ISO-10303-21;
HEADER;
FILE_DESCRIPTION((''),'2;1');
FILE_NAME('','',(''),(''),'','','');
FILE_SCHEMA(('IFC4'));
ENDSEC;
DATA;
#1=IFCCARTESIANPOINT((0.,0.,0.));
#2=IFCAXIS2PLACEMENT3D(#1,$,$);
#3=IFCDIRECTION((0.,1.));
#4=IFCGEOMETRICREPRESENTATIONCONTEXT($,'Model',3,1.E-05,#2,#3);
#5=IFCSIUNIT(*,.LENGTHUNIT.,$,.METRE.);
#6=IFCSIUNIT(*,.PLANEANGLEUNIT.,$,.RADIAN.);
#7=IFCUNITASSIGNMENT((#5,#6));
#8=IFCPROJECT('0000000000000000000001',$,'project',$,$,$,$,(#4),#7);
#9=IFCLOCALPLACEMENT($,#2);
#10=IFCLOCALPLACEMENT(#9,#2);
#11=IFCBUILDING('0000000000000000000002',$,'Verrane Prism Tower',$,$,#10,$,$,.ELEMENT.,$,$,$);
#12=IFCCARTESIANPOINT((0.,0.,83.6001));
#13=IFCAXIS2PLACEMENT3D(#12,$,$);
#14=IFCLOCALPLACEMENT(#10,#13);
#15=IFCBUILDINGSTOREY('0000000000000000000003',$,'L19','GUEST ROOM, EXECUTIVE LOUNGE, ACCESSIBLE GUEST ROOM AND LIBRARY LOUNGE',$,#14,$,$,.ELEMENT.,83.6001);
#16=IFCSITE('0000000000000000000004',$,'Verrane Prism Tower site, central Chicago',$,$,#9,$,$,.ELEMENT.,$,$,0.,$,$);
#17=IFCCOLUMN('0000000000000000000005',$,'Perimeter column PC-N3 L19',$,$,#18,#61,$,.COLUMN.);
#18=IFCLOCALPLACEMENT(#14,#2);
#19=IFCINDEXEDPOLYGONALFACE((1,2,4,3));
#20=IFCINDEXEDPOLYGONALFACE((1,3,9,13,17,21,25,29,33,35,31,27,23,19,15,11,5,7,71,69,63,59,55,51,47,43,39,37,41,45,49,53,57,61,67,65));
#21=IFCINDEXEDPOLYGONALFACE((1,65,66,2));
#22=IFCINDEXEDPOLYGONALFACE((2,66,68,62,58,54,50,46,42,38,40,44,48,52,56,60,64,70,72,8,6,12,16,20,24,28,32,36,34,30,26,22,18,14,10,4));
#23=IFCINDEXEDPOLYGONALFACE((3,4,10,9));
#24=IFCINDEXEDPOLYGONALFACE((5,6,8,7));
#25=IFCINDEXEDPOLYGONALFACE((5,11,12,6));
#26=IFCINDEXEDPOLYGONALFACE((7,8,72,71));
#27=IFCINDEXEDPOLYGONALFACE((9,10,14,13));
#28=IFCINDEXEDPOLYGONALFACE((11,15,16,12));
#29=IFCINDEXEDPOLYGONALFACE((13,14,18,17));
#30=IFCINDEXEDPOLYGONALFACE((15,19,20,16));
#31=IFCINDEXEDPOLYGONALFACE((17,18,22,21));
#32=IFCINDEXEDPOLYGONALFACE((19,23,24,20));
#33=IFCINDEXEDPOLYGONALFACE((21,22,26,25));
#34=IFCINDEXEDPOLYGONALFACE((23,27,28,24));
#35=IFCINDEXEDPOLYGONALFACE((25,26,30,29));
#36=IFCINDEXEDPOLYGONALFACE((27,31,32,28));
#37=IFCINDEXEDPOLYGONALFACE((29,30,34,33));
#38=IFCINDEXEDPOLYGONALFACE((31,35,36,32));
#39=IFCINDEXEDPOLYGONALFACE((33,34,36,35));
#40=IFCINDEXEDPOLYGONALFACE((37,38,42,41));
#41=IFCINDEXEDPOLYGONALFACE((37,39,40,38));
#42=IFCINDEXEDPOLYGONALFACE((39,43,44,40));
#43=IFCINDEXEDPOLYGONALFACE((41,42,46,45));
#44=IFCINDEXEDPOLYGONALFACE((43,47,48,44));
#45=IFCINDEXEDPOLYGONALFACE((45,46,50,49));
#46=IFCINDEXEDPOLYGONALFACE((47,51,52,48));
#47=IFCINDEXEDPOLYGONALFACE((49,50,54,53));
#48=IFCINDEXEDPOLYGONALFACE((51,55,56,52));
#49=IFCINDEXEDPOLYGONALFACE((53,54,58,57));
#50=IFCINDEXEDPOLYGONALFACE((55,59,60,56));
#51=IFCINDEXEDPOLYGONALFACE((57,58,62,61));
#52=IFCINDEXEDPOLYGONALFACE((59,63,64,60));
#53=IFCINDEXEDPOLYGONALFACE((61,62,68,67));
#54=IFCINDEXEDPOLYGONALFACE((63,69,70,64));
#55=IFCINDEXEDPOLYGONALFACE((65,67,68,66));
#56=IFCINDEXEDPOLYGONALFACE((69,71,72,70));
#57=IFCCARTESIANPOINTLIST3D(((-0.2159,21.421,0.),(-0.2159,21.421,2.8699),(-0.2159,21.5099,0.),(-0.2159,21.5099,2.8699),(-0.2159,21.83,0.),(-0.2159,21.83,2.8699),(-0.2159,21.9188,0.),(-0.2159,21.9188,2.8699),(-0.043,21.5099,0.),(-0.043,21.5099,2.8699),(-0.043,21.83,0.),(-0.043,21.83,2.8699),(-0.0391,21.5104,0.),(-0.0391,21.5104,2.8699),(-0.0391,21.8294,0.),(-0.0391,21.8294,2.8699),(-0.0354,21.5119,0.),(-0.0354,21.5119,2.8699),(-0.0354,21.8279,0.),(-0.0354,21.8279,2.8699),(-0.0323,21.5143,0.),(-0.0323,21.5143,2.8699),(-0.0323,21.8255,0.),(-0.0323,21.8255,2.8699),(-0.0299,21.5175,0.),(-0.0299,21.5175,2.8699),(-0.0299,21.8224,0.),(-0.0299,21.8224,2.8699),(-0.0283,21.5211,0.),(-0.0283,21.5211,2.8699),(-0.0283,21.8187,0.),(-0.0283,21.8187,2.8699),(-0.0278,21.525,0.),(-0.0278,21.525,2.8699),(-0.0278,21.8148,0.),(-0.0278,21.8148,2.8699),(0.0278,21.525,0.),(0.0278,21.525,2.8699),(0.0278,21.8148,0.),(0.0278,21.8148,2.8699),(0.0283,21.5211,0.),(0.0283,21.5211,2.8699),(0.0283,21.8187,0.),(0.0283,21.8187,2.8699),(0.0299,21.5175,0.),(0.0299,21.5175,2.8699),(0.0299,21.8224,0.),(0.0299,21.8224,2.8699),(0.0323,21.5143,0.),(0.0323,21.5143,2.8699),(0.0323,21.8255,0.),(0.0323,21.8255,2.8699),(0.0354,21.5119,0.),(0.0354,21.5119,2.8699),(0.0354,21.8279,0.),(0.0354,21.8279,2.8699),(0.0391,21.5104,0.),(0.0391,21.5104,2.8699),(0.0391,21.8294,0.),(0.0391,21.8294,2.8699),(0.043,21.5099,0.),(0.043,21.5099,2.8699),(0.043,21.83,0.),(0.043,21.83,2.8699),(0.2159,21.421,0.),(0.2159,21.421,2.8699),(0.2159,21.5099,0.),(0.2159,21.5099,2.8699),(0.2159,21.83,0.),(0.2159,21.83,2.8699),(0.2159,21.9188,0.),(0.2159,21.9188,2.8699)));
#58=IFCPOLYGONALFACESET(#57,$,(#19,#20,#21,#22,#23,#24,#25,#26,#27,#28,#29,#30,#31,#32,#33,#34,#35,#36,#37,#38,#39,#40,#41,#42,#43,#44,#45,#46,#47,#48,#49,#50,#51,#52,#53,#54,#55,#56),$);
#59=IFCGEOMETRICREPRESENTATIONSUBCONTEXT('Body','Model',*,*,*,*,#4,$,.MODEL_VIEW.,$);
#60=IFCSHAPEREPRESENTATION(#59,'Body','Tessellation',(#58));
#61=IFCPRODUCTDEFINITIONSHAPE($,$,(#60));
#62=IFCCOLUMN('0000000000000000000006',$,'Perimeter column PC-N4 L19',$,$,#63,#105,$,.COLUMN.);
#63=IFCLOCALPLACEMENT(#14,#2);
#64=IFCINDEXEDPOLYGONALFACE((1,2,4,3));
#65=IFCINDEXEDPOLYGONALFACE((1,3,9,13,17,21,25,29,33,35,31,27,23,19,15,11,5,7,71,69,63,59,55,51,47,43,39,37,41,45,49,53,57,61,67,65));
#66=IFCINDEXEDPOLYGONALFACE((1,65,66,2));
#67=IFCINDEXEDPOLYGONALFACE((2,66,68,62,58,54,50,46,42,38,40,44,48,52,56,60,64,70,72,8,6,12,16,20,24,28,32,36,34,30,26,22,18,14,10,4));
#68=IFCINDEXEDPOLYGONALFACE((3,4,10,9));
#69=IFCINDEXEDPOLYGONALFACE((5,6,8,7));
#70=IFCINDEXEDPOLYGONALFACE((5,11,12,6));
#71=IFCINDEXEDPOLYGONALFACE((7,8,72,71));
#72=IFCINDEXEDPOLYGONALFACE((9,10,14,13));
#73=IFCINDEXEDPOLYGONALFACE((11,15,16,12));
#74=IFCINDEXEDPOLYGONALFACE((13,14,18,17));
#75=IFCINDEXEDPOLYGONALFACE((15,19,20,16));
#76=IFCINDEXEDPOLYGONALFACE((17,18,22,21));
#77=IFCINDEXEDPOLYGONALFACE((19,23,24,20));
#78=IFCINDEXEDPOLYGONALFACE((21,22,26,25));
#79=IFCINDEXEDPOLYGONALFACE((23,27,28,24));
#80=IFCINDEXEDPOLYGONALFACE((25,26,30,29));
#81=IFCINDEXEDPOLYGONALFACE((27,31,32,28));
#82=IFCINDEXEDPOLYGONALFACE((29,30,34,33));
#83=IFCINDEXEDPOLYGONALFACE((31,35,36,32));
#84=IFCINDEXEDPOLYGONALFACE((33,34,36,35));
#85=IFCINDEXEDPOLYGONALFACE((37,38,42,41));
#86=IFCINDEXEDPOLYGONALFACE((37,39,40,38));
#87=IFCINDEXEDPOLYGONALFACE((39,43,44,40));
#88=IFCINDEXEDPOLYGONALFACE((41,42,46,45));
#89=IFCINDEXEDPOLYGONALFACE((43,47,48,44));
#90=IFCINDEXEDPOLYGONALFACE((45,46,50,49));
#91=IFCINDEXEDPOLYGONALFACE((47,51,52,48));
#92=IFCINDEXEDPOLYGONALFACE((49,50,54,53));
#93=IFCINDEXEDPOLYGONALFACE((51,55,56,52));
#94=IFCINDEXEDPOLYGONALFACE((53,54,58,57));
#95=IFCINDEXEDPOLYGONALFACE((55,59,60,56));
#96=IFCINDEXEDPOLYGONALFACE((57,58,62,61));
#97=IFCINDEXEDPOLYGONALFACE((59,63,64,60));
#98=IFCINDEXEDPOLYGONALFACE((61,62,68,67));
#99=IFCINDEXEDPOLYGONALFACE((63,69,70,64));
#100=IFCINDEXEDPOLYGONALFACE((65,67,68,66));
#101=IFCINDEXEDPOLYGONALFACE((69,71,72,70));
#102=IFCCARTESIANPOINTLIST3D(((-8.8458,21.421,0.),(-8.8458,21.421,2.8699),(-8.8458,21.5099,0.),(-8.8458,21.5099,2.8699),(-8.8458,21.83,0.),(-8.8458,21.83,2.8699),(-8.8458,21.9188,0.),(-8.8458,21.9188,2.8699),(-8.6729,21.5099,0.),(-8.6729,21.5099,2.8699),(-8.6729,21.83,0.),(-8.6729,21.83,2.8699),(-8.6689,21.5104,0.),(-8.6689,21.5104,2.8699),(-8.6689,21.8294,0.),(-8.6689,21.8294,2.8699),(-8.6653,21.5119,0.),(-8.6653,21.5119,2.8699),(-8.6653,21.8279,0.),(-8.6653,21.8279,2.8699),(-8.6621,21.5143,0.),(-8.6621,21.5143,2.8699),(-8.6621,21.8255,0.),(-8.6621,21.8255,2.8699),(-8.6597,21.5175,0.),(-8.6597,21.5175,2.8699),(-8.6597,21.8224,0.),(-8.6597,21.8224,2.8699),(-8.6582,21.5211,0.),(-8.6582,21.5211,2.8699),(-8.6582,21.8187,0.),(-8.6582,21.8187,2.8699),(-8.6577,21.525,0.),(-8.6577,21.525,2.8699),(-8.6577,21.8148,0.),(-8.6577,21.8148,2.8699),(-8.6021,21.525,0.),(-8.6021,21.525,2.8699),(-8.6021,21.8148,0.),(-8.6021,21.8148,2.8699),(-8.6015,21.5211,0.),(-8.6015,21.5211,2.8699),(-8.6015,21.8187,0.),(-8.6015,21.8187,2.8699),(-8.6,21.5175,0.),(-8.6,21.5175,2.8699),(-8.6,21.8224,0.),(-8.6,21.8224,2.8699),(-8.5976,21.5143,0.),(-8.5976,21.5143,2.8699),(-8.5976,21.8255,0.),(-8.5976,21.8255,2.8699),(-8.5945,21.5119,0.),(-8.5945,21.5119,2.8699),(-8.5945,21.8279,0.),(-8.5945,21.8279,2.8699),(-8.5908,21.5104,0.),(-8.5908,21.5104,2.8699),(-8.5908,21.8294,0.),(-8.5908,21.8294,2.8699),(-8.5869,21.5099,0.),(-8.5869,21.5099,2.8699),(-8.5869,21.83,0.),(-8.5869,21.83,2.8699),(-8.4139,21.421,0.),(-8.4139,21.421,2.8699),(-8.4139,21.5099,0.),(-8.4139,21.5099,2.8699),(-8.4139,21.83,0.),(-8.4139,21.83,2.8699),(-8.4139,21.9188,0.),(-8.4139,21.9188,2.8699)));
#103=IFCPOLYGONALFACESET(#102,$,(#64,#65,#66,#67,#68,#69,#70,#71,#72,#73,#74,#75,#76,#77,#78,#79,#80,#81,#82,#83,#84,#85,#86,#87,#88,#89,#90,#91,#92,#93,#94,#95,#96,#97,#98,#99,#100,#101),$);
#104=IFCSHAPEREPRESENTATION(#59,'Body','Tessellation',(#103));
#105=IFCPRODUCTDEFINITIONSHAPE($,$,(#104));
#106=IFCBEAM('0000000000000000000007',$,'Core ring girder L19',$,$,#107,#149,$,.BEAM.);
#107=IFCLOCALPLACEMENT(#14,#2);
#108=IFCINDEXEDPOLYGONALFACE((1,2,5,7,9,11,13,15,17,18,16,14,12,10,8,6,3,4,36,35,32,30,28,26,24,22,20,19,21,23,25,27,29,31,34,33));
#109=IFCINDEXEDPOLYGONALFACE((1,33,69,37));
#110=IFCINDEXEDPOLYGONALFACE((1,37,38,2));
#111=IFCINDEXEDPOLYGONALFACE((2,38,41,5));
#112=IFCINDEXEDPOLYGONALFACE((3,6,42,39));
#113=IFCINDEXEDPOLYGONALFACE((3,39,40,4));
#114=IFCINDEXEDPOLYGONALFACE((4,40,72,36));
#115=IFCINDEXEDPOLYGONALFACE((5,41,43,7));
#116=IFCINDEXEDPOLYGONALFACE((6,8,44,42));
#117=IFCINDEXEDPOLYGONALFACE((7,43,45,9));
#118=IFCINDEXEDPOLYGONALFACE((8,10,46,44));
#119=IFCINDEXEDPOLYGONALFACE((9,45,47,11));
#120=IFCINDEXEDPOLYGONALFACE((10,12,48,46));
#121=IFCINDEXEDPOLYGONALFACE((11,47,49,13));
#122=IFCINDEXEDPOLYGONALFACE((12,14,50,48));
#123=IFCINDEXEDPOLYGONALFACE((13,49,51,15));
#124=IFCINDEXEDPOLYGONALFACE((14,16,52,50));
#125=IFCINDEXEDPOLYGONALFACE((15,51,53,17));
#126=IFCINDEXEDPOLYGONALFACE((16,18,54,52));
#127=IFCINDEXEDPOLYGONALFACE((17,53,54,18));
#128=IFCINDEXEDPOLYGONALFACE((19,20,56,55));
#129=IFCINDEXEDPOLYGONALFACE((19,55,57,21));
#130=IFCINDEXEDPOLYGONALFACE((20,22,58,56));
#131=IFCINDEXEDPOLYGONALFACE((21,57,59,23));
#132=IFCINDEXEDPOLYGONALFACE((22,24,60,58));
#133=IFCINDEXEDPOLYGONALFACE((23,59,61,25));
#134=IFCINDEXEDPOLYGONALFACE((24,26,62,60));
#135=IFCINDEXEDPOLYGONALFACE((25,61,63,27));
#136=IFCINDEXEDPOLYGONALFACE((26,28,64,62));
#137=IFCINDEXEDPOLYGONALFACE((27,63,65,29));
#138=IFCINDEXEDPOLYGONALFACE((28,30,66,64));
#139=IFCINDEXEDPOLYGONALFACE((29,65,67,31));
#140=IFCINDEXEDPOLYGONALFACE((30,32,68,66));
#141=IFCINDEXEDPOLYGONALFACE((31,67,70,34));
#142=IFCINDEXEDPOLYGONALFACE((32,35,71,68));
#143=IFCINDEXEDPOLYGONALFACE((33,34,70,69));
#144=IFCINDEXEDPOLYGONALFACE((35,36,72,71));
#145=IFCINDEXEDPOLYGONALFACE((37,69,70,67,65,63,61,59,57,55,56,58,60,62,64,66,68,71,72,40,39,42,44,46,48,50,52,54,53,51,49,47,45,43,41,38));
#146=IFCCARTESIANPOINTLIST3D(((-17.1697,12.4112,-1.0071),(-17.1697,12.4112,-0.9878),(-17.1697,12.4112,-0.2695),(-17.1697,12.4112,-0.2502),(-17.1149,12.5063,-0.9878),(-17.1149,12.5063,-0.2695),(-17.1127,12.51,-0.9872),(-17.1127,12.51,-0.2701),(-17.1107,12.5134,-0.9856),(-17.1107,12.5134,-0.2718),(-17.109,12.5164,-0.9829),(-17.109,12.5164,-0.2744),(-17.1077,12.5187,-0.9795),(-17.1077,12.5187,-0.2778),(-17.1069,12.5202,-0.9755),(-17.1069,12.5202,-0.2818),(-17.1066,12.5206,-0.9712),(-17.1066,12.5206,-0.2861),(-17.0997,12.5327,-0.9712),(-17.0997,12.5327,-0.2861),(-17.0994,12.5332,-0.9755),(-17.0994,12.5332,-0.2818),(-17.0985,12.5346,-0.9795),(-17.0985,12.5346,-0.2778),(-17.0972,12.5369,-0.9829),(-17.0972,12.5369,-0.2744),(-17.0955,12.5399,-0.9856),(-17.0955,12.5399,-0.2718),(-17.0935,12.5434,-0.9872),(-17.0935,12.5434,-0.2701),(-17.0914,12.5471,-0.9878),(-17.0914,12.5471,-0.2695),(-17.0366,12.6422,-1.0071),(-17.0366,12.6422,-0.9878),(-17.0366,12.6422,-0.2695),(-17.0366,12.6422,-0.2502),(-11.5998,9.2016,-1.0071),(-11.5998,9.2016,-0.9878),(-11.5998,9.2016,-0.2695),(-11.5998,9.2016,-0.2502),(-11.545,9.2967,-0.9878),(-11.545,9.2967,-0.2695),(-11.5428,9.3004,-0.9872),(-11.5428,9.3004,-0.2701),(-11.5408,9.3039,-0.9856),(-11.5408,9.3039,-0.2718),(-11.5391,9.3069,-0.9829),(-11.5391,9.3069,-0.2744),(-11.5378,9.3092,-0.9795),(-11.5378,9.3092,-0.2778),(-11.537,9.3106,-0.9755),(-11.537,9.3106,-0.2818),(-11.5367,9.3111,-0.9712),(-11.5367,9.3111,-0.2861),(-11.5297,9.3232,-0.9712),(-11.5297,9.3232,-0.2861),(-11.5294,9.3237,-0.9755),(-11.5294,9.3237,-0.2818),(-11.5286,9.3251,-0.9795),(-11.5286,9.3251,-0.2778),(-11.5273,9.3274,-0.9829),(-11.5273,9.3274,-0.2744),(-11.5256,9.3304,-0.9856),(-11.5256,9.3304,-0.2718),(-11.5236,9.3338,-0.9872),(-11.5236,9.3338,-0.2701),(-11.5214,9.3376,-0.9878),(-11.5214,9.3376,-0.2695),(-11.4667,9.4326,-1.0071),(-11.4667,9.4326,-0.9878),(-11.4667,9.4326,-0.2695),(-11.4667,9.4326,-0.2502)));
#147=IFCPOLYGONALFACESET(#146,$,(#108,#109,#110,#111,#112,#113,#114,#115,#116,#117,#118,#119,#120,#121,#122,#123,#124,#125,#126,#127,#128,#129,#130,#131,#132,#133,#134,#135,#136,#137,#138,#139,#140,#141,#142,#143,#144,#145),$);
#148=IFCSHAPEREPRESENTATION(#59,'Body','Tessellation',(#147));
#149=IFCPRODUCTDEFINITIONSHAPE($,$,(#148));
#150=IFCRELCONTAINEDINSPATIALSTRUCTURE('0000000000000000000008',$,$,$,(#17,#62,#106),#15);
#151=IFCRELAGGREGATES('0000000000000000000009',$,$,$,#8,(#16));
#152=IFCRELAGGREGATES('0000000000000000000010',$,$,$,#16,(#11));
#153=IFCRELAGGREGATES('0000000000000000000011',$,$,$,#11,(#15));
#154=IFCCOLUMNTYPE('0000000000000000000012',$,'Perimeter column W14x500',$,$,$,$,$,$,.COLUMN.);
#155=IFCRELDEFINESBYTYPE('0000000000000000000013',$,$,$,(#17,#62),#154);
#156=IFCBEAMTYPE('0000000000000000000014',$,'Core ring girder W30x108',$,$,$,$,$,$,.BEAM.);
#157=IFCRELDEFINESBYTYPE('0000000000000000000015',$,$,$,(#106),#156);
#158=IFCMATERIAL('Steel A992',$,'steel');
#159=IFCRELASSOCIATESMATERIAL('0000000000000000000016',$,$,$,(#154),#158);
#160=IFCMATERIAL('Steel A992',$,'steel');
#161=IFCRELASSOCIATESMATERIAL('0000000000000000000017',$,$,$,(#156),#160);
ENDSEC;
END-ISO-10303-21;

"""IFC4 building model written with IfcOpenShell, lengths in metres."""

from ifc_helpers import new_model, si_unit, direction, frame, origin, origin_2d, place, context, subcontext, project, spatial, i_section, extrude, material, material_profile, profile_set, type_object, element, save


model = new_model("IFC4")

# Units and contexts
model_context = context("Model", 3, precision=1e-05, world=origin(), true_north=direction((0.0, 1.0)))
body_context = subcontext(model_context, "Body", "Model", "MODEL_VIEW")
ifc_project = project(units=[si_unit("LENGTHUNIT", "METRE"), si_unit("PLANEANGLEUNIT", "RADIAN")], contexts=[model_context])

# Site, building, storey
site_placement = place(None, origin())
site = spatial("IfcSite", under=ifc_project, at=site_placement, Name="Verrane Prism Tower site, central Chicago", CompositionType="ELEMENT", RefElevation=0.0)
building_placement = place(site_placement, origin())
building = spatial("IfcBuilding", under=site, at=building_placement, Name="Verrane Prism Tower", CompositionType="ELEMENT")
storey_placement = place(building_placement, frame((0.0, 0.0, 83.6001)))
storey = spatial("IfcBuildingStorey", under=building, at=storey_placement, Name="L19", Description="GUEST ROOM, EXECUTIVE LOUNGE, ACCESSIBLE GUEST ROOM AND LIBRARY LOUNGE", CompositionType="ELEMENT", Elevation=83.6001)

# Columns
ifc_material_1 = material(Name="Steel A992", Category="steel")
ifc_material_profile_1 = material_profile(ifc_material_1, i_section(OverallWidth=0.4319, OverallDepth=0.4978, WebThickness=0.0557, FlangeThickness=0.0889, FilletRadius=0.0151, at=origin_2d()), Name="W14x500")
ifc_profile_set_1 = profile_set([ifc_material_profile_1], Name="Steel A992")
column_type = type_object("IfcColumnType", Name="Perimeter column W14x500", PredefinedType="COLUMN", material=ifc_profile_set_1)
for number, where, z_axis, x_axis, name in (
    (1, (0.0, 21.6699, 0.0), (0.0, 0.0, 1.0), (1.0, 0.0, 0.0), "Perimeter column PC-N3 L19"),
    (2, (-8.6299, 21.6699, 0.0), (0.0, 0.0, 1.0), (1.0, 0.0, 0.0), "Perimeter column PC-N4 L19"),
):
    element("IfcColumn", number, at=place(storey_placement, frame(where, z_axis=z_axis, x_axis=x_axis)), inside=storey, type_object=column_type, Name=name, PredefinedType="COLUMN", context=body_context, shape_type="SweptSolid", body=[
        extrude(i_section(OverallWidth=0.4319, OverallDepth=0.4978, WebThickness=0.0557, FlangeThickness=0.0889, FilletRadius=0.0151, at=origin_2d()), origin(), (0.0, 0.0, 1.0), 2.8699),
    ])

# Beam
ifc_material_2 = material(Name="Steel A992", Category="steel")
ifc_material_profile_2 = material_profile(ifc_material_2, i_section(OverallWidth=0.2666, OverallDepth=0.7568, WebThickness=0.0139, FlangeThickness=0.0193, FilletRadius=0.0166, at=origin_2d()), Name="W30x108")
ifc_profile_set_2 = profile_set([ifc_material_profile_2], Name="Steel A992")
beam_type_1 = type_object("IfcBeamType", Name="Core ring girder W30x108", PredefinedType="BEAM", material=ifc_profile_set_2)
beam_1_placement = place(storey_placement, frame((-11.5332, 9.3171, -0.6287), z_axis=(-0.866447, 0.499269, 0.0), x_axis=(-0.499269, -0.866447, 0.0)))
element("IfcBeam", 3, at=beam_1_placement, inside=storey, type_object=beam_type_1, Name="Core ring girder L19", PredefinedType="BEAM", context=body_context, shape_type="SweptSolid", body=[
    extrude(i_section(OverallWidth=0.2666, OverallDepth=0.7568, WebThickness=0.0139, FlangeThickness=0.0193, FilletRadius=0.0166, at=origin_2d()), origin(), (0.0, 0.0, 1.0), 6.4285),
])

save(model, "model.ifc")
